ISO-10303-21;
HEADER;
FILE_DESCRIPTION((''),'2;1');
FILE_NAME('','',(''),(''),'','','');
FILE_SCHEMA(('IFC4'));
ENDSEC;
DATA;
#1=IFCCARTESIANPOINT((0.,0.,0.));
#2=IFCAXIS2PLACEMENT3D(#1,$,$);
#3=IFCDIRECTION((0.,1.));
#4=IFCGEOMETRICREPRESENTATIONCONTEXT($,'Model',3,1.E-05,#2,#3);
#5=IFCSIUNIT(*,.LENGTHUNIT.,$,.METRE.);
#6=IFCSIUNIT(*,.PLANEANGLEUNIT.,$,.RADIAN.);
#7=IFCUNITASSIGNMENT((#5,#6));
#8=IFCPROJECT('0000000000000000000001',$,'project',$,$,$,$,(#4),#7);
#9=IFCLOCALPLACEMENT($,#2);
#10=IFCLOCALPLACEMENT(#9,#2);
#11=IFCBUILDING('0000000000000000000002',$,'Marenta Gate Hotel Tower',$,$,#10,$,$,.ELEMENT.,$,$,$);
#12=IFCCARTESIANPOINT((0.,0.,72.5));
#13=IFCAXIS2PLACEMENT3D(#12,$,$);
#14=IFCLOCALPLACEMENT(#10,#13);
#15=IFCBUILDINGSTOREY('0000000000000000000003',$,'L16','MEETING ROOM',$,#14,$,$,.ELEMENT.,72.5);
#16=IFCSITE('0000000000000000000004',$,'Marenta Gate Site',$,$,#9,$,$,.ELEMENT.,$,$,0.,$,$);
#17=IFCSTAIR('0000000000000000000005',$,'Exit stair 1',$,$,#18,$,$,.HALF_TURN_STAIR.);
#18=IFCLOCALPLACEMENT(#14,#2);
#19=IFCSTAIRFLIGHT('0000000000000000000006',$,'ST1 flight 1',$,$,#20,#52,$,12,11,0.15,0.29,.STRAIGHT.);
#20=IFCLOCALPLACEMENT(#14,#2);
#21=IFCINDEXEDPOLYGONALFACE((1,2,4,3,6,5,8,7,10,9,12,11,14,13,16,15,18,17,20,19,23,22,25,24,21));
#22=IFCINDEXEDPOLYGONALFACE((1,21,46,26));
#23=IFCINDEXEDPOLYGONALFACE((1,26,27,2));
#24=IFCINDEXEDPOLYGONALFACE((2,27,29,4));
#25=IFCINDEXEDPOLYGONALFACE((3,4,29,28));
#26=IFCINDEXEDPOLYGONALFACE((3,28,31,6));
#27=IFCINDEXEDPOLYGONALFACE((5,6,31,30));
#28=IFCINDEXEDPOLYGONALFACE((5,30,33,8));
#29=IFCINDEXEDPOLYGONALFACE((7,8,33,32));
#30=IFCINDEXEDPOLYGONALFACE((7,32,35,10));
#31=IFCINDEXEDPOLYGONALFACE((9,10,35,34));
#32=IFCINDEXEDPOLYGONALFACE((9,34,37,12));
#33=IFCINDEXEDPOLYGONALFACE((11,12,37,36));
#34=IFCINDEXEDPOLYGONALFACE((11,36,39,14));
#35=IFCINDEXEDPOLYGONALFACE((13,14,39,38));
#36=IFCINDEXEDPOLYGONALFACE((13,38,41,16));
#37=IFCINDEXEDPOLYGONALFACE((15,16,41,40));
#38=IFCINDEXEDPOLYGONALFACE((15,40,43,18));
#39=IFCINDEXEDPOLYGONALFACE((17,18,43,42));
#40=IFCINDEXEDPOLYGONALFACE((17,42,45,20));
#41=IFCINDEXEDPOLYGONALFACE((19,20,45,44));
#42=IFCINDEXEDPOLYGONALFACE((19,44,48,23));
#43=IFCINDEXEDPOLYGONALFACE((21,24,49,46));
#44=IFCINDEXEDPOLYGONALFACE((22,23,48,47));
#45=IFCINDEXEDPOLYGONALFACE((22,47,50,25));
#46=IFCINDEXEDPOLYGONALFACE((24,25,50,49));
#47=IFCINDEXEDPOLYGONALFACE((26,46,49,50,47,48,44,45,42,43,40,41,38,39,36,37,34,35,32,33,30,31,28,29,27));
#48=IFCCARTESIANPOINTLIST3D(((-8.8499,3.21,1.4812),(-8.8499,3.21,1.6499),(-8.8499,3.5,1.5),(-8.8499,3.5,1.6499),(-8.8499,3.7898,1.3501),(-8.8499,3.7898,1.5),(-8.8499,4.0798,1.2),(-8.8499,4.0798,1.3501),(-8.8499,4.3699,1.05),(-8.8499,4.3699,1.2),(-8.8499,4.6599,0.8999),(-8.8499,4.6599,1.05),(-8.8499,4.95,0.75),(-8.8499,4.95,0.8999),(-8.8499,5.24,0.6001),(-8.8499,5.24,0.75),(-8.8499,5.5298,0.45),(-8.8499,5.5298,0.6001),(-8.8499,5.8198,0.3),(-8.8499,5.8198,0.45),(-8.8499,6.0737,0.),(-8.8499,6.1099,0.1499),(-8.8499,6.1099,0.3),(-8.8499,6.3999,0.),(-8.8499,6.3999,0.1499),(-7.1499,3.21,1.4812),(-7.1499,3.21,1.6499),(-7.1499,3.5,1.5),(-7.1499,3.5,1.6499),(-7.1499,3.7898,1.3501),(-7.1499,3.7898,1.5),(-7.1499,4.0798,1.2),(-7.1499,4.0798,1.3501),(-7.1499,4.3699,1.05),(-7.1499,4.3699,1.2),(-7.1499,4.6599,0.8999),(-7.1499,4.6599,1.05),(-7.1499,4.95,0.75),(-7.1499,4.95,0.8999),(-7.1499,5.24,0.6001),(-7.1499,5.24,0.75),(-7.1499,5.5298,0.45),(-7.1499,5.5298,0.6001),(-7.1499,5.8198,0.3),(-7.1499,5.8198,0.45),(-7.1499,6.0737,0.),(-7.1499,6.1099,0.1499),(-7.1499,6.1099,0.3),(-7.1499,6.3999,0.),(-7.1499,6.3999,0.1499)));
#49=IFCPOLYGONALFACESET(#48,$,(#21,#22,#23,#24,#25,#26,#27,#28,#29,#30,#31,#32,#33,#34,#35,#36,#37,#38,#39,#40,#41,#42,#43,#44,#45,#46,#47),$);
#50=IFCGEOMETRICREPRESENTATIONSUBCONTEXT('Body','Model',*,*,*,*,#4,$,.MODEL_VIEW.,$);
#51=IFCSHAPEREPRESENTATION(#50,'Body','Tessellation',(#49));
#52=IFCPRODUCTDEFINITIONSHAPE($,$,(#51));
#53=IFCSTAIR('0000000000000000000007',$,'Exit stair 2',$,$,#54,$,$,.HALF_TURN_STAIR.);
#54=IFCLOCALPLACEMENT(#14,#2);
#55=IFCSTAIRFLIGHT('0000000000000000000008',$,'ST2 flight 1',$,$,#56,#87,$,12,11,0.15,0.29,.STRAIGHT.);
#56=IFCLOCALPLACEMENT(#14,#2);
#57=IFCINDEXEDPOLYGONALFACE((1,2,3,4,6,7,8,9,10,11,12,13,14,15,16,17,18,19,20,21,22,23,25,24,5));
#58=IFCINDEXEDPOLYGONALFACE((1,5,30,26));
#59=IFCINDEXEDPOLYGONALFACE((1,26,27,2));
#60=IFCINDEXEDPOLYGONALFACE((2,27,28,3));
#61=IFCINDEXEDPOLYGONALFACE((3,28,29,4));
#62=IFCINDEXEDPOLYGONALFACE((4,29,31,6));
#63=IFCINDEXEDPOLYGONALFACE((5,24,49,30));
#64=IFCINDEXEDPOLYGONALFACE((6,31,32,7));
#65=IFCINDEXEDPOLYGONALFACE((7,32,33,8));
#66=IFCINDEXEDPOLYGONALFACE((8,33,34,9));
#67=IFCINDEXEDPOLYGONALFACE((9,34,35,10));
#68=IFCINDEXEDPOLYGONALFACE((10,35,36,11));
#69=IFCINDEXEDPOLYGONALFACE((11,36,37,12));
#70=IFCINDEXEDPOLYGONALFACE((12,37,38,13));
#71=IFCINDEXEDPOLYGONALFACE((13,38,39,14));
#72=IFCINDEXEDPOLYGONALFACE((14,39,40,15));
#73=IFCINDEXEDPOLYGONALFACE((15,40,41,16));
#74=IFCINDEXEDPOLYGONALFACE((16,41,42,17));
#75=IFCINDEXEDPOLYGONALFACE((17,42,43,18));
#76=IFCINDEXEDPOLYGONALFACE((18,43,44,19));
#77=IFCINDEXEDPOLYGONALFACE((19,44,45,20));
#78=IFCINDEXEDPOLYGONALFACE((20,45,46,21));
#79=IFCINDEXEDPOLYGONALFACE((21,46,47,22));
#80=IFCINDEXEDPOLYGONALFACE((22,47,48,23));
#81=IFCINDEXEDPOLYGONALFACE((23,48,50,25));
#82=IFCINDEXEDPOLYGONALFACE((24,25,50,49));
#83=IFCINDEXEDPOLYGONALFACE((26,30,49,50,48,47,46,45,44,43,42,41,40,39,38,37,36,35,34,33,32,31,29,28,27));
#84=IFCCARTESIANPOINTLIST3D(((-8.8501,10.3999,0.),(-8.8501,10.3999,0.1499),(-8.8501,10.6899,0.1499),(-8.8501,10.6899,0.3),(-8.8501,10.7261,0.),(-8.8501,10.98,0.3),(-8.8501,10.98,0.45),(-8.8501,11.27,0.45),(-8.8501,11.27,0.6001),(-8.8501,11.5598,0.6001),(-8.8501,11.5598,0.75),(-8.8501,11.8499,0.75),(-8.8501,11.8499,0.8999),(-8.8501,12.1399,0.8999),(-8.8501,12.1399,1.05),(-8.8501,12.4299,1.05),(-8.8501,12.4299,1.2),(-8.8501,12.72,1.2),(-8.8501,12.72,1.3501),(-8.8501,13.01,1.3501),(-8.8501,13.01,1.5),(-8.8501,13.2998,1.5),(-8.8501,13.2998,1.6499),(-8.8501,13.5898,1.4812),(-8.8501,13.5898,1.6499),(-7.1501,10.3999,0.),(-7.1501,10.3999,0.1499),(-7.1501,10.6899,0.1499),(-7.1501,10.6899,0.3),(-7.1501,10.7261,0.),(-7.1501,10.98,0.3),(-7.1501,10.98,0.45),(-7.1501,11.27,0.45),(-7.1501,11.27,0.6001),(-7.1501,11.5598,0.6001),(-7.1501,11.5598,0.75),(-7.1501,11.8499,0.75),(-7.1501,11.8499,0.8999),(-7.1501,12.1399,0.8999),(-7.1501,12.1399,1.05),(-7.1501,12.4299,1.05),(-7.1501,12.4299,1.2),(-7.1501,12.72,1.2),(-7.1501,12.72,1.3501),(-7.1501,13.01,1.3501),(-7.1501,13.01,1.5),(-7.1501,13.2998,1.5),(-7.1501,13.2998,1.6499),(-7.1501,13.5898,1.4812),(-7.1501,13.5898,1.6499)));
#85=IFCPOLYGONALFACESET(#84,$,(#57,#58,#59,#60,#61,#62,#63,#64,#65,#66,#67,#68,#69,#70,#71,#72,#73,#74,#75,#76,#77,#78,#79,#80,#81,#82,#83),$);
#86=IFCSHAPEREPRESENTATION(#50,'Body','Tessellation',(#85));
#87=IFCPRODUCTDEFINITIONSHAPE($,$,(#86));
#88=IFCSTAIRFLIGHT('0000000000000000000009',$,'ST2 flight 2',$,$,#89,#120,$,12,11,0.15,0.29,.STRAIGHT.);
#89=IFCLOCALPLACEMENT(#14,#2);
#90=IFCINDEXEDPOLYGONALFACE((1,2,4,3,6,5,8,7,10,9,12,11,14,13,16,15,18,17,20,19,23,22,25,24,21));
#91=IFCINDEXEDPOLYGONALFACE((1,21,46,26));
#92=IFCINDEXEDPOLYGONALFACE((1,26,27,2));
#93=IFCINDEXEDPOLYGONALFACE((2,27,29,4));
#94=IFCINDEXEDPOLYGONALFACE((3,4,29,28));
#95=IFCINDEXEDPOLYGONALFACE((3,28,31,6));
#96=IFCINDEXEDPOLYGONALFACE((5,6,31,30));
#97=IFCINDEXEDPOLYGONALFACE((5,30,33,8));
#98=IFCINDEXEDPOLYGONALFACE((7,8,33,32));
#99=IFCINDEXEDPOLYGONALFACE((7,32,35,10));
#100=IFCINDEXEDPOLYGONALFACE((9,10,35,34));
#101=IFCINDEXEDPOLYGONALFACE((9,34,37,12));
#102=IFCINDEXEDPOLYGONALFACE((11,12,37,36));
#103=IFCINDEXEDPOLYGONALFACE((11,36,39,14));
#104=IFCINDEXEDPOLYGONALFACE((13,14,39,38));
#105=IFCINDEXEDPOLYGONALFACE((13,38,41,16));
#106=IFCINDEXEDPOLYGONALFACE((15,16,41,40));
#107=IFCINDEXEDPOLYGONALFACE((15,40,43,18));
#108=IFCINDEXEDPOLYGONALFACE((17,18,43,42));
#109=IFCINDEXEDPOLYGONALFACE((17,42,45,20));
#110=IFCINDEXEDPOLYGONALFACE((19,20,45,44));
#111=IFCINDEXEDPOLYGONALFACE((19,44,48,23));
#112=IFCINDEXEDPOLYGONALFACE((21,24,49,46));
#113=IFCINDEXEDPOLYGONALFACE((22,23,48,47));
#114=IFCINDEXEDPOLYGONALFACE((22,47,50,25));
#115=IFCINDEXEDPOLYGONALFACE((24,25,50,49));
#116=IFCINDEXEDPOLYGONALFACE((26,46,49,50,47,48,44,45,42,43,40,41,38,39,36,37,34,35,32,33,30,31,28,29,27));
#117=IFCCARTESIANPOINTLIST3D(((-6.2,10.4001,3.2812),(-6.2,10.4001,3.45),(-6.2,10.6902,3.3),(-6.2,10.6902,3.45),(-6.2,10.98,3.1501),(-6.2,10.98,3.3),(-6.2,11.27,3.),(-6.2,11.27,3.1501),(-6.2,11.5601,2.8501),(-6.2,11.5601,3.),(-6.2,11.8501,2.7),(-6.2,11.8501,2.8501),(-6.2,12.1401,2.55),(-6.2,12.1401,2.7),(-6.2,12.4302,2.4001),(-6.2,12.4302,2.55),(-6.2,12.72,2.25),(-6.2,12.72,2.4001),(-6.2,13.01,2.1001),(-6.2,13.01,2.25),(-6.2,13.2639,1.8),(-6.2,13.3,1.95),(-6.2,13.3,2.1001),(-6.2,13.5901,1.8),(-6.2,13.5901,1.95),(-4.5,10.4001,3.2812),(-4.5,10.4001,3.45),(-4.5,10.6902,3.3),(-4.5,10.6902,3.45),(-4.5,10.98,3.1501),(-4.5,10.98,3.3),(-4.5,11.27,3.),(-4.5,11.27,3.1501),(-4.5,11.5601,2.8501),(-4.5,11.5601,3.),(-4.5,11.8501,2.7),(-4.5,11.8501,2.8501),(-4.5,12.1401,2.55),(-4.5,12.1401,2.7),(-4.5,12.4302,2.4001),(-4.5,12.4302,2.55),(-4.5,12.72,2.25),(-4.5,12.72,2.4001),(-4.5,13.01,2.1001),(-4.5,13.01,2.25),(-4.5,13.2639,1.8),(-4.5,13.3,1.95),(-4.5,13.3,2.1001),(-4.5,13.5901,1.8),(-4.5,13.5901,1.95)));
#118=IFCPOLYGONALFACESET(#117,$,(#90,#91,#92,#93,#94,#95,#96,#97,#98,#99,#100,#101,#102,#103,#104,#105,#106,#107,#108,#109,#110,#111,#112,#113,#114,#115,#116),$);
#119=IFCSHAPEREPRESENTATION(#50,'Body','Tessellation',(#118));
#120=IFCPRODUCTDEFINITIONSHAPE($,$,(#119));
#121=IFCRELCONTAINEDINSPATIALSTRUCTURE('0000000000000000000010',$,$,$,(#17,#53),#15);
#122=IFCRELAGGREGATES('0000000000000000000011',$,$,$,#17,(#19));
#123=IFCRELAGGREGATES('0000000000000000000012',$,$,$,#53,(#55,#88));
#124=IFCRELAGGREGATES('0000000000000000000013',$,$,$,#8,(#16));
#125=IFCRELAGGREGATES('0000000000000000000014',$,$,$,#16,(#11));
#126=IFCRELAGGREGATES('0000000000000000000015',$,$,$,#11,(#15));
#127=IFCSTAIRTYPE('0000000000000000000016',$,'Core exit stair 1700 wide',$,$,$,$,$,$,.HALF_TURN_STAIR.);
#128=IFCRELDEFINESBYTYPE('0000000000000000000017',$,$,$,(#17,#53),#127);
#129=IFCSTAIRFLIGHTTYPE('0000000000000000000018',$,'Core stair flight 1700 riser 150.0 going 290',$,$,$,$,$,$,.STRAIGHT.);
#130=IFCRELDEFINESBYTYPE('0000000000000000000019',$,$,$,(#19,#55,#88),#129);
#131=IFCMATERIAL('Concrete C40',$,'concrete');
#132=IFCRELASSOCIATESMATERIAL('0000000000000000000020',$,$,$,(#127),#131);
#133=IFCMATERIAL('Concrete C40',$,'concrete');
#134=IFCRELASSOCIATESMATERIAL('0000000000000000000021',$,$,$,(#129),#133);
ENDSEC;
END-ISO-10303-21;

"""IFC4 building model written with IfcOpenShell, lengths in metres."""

from ifc_helpers import new_model, si_unit, direction, frame, origin, place, context, subcontext, project, spatial, polyline, outline, extrude, material, type_object, element, aggregate, save


model = new_model("IFC4")

# Units and contexts
model_context = context("Model", 3, precision=1e-05, world=origin(), true_north=direction((0.0, 1.0)))
body_context = subcontext(model_context, "Body", "Model", "MODEL_VIEW")
ifc_project = project(units=[si_unit("LENGTHUNIT", "METRE"), si_unit("PLANEANGLEUNIT", "RADIAN")], contexts=[model_context])

# Site, building, storey
site_placement = place(None, origin())
site = spatial("IfcSite", under=ifc_project, at=site_placement, Name="Marenta Gate Site", CompositionType="ELEMENT", RefElevation=0.0)
building_placement = place(site_placement, origin())
building = spatial("IfcBuilding", under=site, at=building_placement, Name="Marenta Gate Hotel Tower", CompositionType="ELEMENT")
storey_placement = place(building_placement, frame((0.0, 0.0, 72.5)))
storey = spatial("IfcBuildingStorey", under=building, at=storey_placement, Name="L16", Description="MEETING ROOM", CompositionType="ELEMENT", Elevation=72.5)

# Stair, stair flight
ifc_material_1 = material(Name="Concrete C40", Category="concrete")
stair_type = type_object("IfcStairType", Name="Core exit stair 1700 wide", PredefinedType="HALF_TURN_STAIR", material=ifc_material_1)
stair_1_placement = place(storey_placement, origin())
stair_1 = element("IfcStair", 1, at=stair_1_placement, inside=storey, type_object=stair_type, Name="Exit stair 1", PredefinedType="HALF_TURN_STAIR")
ifc_material_2 = material(Name="Concrete C40", Category="concrete")
stair_flight_type = type_object("IfcStairFlightType", Name="Core stair flight 1700 riser 150.0 going 290", PredefinedType="STRAIGHT", material=ifc_material_2)
stair_flight_1_placement = place(storey_placement, frame((-8.0, 6.3999, 0.0), z_axis=(0.0, 0.0, 1.0), x_axis=(0.0, -1.0, 0.0)))
stair_flight_1 = element("IfcStairFlight", 2, at=stair_flight_1_placement, type_object=stair_flight_type, Name="ST1 flight 1", NumberOfRisers=12, NumberOfTreads=11, PredefinedType="STRAIGHT", RiserHeight=0.15, TreadLength=0.29, context=body_context, shape_type="SweptSolid", body=[
    extrude(outline(polyline([(0.0, 0.0), (0.0, 0.1499), (0.29, 0.1499), (0.29, 0.3), (0.5801, 0.3), (0.5801, 0.45), (0.8701, 0.45), (0.8701, 0.6001), (1.1599, 0.6001), (1.1599, 0.75), (1.45, 0.75), (1.45, 0.8999), (1.74, 0.8999), (1.74, 1.05), (2.03, 1.05), (2.03, 1.2), (2.3201, 1.2), (2.3201, 1.3501), (2.6101, 1.3501), (2.6101, 1.5), (2.8999, 1.5), (2.8999, 1.6499), (3.1899, 1.6499), (3.1899, 1.8), (3.1899, 1.4812), (0.3262, 0.0), (0.0, 0.0)])), frame((0.0, 0.8501, 0.0), z_axis=(0.0, -1.0, 0.0), x_axis=(1.0, 0.0, 0.0)), (0.0, 0.0, 1.0), 1.7),
])
aggregate(stair_1, [stair_flight_1])

# Stair, stair flights
stair_2_placement = place(storey_placement, origin())
stair_2 = element("IfcStair", 3, at=stair_2_placement, inside=storey, type_object=stair_type, Name="Exit stair 2", PredefinedType="HALF_TURN_STAIR")
stair_flight_2_placement = place(storey_placement, frame((-8.0, 10.3999, 0.0), z_axis=(0.0, 0.0, 1.0), x_axis=(0.0, 1.0, 0.0)))
stair_flight_2 = element("IfcStairFlight", 4, at=stair_flight_2_placement, type_object=stair_flight_type, Name="ST2 flight 1", NumberOfRisers=12, NumberOfTreads=11, PredefinedType="STRAIGHT", RiserHeight=0.15, TreadLength=0.29, context=body_context, shape_type="SweptSolid", body=[
    extrude(outline(polyline([(0.0, 0.0), (0.0, 0.1499), (0.29, 0.1499), (0.29, 0.3), (0.5801, 0.3), (0.5801, 0.45), (0.8701, 0.45), (0.8701, 0.6001), (1.1599, 0.6001), (1.1599, 0.75), (1.45, 0.75), (1.45, 0.8999), (1.74, 0.8999), (1.74, 1.05), (2.03, 1.05), (2.03, 1.2), (2.3201, 1.2), (2.3201, 1.3501), (2.6101, 1.3501), (2.6101, 1.5), (2.8999, 1.5), (2.8999, 1.6499), (3.1899, 1.6499), (3.1899, 1.8), (3.1899, 1.4812), (0.3262, 0.0), (0.0, 0.0)])), frame((0.0, 0.8501, 0.0), z_axis=(0.0, -1.0, 0.0), x_axis=(1.0, 0.0, 0.0)), (0.0, 0.0, 1.0), 1.7),
])
stair_flight_3_placement = place(storey_placement, frame((-5.3501, 13.5901, 1.8), z_axis=(0.0, 0.0, 1.0), x_axis=(0.0, -1.0, 0.0)))
stair_flight_3 = element("IfcStairFlight", 5, at=stair_flight_3_placement, type_object=stair_flight_type, Name="ST2 flight 2", NumberOfRisers=12, NumberOfTreads=11, PredefinedType="STRAIGHT", RiserHeight=0.15, TreadLength=0.29, context=body_context, shape_type="SweptSolid", body=[
    extrude(outline(polyline([(0.0, 0.0), (0.0, 0.1499), (0.29, 0.1499), (0.29, 0.3), (0.5801, 0.3), (0.5801, 0.45), (0.8701, 0.45), (0.8701, 0.6001), (1.1599, 0.6001), (1.1599, 0.75), (1.45, 0.75), (1.45, 0.8999), (1.74, 0.8999), (1.74, 1.05), (2.03, 1.05), (2.03, 1.2), (2.3201, 1.2), (2.3201, 1.3501), (2.6101, 1.3501), (2.6101, 1.5), (2.8999, 1.5), (2.8999, 1.6499), (3.1899, 1.6499), (3.1899, 1.8), (3.1899, 1.4812), (0.3262, 0.0), (0.0, 0.0)])), frame((0.0, 0.8501, 0.0), z_axis=(0.0, -1.0, 0.0), x_axis=(1.0, 0.0, 0.0)), (0.0, 0.0, 1.0), 1.7),
])
aggregate(stair_2, [stair_flight_2, stair_flight_3])

save(model, "model.ifc")
